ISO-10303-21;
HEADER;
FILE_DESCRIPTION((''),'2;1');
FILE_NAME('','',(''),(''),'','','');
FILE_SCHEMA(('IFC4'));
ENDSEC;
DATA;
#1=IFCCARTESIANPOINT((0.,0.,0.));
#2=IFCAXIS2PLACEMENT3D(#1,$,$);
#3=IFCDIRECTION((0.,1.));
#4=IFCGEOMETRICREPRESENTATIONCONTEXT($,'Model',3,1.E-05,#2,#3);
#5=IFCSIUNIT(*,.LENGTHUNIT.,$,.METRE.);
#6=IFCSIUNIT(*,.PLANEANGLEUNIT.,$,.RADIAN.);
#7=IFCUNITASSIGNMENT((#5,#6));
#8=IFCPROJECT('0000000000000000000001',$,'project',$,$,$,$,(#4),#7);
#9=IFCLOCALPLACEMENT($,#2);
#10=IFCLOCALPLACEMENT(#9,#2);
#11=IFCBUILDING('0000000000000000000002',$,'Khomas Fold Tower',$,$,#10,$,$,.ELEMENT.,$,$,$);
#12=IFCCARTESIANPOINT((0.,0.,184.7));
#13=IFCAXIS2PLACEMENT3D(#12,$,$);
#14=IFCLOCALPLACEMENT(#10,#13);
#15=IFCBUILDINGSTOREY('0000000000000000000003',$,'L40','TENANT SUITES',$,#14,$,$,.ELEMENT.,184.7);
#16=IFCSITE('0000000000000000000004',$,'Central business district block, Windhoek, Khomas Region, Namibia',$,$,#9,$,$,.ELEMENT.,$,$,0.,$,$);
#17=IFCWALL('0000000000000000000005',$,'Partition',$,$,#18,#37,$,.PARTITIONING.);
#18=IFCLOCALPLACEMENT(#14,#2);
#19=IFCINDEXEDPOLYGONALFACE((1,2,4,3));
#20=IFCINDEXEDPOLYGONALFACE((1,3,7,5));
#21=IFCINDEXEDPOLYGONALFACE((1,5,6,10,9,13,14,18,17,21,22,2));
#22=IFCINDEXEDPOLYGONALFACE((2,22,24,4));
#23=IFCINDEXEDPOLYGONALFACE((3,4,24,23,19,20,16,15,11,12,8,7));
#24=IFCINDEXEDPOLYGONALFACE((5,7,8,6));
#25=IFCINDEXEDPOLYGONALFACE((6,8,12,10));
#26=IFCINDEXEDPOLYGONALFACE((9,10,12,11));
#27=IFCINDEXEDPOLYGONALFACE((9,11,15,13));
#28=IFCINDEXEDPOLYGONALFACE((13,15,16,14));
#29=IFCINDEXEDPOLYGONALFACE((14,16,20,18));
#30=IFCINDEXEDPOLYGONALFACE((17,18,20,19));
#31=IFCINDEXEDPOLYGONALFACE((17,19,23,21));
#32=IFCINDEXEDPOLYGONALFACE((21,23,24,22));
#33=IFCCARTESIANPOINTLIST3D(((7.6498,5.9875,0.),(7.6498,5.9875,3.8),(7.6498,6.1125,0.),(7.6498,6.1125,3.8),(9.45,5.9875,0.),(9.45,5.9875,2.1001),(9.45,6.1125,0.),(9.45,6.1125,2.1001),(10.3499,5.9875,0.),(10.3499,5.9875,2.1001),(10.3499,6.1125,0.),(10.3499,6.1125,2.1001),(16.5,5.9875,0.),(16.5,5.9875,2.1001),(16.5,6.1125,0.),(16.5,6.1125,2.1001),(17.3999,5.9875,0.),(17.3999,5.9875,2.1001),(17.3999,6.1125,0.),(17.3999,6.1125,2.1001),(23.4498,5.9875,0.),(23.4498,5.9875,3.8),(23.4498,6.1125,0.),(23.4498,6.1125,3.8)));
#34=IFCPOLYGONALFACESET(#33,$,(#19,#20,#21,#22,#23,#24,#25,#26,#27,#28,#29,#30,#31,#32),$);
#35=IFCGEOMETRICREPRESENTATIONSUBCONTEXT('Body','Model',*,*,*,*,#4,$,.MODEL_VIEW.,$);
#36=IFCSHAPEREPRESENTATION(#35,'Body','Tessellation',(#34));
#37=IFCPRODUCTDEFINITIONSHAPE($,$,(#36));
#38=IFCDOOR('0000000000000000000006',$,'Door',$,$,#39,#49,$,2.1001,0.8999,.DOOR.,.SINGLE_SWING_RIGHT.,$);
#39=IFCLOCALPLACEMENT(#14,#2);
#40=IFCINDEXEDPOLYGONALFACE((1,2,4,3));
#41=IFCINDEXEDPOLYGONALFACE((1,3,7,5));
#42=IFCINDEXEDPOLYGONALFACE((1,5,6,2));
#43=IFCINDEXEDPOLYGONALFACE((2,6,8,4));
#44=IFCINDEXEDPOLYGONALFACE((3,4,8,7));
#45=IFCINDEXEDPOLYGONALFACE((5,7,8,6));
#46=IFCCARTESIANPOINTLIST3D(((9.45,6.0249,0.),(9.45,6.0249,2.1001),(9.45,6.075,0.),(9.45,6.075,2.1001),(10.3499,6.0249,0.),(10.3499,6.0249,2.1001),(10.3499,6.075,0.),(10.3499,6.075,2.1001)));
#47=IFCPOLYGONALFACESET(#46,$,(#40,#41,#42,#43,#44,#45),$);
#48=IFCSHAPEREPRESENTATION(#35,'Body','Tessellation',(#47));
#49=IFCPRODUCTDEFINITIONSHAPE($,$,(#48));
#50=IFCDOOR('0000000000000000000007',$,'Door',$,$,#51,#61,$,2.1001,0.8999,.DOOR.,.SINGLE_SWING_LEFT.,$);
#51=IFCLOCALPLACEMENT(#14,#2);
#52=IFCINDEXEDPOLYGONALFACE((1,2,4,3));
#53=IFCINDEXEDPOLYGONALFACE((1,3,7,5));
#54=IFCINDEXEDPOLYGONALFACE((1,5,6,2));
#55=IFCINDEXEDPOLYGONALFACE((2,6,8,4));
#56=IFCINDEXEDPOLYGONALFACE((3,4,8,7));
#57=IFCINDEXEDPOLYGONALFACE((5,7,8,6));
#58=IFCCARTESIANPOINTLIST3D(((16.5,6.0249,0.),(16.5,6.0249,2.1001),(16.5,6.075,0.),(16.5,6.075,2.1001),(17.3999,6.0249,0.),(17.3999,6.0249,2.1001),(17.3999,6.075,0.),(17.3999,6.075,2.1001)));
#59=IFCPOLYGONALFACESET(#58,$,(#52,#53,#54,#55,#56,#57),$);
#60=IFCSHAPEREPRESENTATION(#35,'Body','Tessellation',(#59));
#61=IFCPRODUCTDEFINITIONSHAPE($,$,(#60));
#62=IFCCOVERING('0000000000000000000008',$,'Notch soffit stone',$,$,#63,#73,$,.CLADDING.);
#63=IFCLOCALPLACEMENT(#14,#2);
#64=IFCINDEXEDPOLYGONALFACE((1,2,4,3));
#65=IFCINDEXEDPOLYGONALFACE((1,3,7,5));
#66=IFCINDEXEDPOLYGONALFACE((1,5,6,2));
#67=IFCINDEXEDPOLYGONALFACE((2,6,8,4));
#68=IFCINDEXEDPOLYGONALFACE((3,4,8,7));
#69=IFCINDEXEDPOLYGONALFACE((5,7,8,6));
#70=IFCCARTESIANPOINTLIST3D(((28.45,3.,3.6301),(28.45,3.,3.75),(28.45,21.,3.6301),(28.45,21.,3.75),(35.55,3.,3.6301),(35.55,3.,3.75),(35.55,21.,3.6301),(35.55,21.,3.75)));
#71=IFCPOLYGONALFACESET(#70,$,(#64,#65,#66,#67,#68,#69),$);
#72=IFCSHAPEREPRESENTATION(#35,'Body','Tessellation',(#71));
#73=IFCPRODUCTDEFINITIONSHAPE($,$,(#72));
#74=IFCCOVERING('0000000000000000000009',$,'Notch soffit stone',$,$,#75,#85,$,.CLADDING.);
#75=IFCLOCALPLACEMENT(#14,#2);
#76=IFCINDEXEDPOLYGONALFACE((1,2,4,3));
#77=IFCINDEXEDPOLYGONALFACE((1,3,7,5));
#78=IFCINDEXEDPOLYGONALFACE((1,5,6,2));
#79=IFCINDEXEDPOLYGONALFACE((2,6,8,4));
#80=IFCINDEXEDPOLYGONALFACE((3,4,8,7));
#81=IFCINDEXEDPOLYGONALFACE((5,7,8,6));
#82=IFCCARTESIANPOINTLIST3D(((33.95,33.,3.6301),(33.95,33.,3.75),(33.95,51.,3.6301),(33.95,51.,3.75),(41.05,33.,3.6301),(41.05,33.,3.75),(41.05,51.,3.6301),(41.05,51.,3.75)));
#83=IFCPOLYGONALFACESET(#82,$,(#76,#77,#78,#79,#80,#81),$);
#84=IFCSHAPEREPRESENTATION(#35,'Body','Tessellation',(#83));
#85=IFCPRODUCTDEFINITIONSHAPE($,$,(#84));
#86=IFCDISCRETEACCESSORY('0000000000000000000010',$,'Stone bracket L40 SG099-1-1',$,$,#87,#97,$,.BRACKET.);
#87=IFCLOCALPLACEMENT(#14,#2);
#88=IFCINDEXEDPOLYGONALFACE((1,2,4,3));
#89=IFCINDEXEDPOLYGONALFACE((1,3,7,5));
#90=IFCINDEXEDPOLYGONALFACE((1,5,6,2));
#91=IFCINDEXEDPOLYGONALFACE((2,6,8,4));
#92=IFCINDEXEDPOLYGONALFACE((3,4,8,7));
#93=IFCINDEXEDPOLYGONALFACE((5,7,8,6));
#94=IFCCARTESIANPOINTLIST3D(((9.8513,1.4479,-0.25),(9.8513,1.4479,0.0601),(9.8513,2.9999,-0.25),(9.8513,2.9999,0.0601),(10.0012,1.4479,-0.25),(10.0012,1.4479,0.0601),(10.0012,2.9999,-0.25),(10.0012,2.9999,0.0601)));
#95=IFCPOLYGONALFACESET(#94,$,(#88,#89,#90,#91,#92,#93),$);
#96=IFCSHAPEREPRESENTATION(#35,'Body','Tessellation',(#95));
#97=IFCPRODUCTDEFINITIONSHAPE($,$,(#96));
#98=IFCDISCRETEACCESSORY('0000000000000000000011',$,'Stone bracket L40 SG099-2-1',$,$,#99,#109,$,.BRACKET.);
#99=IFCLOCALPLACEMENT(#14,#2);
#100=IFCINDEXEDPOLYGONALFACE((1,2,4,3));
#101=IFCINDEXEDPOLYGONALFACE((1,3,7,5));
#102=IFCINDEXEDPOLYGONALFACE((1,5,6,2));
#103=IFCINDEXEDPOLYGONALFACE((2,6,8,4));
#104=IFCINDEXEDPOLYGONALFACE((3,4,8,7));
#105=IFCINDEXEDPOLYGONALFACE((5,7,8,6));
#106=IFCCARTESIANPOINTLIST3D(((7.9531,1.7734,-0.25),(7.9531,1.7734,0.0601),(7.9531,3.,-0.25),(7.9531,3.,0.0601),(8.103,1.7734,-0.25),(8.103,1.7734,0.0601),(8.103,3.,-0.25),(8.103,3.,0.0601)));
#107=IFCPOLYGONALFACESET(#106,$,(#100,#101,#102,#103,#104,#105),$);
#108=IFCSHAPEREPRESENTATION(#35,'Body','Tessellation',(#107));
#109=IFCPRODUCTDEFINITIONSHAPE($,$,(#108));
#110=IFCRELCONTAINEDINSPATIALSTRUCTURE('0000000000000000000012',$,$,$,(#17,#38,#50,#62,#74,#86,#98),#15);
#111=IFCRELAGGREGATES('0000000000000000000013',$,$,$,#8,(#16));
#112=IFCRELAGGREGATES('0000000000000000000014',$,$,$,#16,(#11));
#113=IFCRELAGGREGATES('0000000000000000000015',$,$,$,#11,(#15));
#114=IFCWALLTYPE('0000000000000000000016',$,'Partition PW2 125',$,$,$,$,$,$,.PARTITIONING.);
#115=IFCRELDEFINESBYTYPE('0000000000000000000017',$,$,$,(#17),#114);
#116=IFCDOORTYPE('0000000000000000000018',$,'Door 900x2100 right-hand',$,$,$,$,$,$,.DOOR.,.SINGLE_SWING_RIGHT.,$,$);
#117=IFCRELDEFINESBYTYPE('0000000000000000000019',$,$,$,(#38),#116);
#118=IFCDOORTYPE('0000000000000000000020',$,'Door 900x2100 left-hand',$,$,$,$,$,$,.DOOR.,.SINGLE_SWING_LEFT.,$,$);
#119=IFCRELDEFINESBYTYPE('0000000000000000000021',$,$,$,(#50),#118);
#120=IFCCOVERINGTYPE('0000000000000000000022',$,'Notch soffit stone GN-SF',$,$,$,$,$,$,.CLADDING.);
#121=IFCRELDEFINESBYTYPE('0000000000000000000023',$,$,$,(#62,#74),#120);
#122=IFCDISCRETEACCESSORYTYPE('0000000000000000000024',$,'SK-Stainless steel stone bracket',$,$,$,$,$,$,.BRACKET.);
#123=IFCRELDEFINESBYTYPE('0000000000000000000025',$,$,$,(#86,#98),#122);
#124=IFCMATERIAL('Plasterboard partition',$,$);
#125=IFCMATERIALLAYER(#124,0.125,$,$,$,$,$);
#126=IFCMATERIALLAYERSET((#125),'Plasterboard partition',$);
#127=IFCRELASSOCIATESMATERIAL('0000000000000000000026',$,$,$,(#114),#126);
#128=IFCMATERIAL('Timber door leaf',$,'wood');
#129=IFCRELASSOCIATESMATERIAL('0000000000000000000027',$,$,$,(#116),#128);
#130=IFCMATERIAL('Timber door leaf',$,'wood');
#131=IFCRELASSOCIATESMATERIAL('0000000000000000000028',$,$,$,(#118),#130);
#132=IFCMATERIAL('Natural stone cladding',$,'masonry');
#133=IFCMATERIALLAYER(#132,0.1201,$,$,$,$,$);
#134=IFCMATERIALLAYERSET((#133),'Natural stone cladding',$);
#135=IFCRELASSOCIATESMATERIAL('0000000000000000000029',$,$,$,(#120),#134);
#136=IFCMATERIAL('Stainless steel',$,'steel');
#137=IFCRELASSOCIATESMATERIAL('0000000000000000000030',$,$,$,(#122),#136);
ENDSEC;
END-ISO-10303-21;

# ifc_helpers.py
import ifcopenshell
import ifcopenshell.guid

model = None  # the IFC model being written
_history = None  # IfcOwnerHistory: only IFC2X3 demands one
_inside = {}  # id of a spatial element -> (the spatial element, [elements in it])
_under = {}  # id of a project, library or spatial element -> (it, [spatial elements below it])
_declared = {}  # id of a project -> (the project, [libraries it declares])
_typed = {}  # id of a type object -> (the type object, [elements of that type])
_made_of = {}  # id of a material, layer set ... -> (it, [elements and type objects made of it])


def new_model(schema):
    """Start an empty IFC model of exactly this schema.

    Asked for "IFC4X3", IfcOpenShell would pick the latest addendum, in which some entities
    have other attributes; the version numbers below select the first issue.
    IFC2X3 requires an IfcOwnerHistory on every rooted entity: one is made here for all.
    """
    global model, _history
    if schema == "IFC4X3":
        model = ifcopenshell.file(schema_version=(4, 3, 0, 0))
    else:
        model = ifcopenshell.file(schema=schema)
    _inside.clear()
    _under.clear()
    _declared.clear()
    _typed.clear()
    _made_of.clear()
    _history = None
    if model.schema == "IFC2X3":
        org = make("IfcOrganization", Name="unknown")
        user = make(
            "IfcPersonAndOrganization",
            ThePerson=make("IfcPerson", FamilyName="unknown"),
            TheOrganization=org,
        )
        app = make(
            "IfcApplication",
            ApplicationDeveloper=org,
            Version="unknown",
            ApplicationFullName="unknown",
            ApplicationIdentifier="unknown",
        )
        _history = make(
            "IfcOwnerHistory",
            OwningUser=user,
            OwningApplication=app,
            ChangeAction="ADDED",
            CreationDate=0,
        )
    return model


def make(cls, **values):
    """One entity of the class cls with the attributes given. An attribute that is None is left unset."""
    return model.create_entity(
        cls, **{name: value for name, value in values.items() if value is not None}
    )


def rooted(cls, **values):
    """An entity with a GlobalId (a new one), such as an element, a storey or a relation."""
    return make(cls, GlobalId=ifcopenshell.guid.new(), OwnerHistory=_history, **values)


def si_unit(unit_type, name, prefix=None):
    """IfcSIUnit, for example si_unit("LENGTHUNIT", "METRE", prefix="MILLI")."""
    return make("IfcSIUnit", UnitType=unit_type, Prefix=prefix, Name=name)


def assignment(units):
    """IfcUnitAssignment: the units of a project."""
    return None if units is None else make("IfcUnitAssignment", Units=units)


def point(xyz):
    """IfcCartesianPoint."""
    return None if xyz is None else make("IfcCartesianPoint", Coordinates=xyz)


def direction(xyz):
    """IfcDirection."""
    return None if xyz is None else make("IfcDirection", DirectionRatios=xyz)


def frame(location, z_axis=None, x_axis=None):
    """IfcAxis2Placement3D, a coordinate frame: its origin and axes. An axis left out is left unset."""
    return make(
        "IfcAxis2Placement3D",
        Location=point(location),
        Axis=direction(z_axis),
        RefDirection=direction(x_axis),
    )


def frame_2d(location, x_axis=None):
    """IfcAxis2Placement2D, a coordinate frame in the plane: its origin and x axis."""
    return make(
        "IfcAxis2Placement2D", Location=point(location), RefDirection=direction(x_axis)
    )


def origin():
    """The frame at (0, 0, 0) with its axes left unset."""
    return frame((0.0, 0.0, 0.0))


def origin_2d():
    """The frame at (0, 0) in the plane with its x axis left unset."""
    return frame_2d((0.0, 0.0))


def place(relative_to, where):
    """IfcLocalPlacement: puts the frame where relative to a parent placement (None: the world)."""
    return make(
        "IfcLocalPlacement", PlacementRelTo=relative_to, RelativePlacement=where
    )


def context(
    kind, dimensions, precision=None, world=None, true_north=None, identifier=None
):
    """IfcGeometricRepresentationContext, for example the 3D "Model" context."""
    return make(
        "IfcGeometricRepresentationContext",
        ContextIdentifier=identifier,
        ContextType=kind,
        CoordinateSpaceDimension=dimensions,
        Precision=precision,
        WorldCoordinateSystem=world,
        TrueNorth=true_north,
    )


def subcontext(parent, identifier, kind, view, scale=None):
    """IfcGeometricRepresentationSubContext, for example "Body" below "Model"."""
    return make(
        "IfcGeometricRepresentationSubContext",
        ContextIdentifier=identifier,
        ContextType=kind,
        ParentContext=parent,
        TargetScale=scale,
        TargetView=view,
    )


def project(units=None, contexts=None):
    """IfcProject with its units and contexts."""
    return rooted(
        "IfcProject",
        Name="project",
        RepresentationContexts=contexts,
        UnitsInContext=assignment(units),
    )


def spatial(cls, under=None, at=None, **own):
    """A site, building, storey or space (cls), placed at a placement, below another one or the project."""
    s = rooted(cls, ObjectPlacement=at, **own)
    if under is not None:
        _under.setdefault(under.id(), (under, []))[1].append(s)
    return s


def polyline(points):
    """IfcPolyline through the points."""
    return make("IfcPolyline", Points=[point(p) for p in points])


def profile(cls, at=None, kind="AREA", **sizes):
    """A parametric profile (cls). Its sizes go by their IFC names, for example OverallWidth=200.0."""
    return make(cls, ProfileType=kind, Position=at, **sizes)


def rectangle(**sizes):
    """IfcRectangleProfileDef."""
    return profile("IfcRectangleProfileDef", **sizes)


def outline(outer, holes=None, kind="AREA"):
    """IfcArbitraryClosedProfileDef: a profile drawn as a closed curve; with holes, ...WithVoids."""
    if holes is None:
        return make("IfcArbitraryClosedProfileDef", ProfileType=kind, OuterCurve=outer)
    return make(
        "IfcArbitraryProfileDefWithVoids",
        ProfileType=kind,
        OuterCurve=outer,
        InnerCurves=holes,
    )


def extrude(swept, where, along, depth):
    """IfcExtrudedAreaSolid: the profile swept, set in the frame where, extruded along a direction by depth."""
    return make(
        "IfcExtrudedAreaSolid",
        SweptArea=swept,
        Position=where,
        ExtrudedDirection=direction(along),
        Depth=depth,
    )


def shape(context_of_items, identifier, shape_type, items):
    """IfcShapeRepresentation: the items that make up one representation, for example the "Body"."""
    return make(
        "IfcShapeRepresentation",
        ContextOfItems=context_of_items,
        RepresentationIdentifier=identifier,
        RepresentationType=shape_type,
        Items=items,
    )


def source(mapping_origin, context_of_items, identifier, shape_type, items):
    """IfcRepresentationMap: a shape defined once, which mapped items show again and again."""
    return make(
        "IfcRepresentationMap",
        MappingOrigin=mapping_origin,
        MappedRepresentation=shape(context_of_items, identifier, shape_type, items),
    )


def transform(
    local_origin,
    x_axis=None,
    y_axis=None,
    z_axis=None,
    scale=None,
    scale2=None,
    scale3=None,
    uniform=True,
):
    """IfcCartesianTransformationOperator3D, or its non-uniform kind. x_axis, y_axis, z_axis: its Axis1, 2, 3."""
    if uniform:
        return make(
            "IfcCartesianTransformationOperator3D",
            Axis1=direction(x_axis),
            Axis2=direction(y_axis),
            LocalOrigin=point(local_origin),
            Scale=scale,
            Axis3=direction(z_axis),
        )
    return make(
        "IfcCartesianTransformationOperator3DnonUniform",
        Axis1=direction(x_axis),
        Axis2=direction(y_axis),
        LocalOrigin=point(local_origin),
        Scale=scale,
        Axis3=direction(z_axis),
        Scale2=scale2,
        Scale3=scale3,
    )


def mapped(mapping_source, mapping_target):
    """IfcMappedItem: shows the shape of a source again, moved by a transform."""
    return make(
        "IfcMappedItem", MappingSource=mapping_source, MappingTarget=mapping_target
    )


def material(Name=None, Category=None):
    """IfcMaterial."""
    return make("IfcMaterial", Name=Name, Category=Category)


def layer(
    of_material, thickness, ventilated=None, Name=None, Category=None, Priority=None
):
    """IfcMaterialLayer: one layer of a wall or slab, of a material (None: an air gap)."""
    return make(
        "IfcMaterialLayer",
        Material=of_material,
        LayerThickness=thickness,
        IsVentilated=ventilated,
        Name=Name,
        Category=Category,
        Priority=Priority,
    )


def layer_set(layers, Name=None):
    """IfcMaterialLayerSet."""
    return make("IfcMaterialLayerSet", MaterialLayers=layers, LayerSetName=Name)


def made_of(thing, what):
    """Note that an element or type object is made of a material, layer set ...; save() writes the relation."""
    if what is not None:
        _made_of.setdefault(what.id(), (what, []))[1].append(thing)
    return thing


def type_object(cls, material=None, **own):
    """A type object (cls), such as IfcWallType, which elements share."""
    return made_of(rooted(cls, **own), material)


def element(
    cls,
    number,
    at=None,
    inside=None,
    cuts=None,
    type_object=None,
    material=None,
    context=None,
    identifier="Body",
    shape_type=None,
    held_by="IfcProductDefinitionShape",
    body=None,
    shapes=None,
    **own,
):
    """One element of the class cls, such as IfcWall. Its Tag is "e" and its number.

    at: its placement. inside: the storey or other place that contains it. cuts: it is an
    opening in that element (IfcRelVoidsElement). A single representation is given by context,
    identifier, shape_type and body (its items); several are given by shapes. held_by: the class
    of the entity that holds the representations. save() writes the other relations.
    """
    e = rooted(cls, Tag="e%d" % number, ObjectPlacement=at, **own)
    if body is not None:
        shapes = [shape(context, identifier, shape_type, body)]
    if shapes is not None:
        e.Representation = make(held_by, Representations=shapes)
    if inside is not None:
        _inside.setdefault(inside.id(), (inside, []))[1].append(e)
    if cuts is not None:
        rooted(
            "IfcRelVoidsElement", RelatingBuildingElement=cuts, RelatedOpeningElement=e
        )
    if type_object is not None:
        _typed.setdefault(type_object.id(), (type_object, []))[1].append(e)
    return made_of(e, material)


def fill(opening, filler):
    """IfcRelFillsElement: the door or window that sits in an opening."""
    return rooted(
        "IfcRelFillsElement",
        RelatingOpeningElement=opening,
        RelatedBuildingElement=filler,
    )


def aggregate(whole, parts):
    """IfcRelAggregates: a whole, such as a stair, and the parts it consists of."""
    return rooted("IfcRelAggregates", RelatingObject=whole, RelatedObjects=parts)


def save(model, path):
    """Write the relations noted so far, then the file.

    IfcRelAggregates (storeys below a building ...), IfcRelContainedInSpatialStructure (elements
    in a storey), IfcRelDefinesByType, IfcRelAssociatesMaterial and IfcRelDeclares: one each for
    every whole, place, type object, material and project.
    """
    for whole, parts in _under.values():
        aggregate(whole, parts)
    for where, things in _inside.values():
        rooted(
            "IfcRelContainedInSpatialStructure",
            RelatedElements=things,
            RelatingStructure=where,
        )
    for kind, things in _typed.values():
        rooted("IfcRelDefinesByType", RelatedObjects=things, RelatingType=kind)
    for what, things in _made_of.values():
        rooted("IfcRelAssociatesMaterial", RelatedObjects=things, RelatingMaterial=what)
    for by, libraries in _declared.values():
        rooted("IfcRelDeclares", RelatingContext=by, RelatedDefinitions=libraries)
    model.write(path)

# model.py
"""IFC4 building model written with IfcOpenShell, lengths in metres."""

from ifc_helpers import new_model, si_unit, direction, frame, frame_2d, origin, origin_2d, place, context, subcontext, project, spatial, polyline, rectangle, outline, extrude, source, transform, mapped, material, layer, layer_set, type_object, element, fill, save


model = new_model("IFC4")

# Units and contexts
model_context = context("Model", 3, precision=1e-05, world=origin(), true_north=direction((0.0, 1.0)))
body_context = subcontext(model_context, "Body", "Model", "MODEL_VIEW")
ifc_project = project(units=[si_unit("LENGTHUNIT", "METRE"), si_unit("PLANEANGLEUNIT", "RADIAN")], contexts=[model_context])

# Site, building, storey
site_placement = place(None, origin())
site = spatial("IfcSite", under=ifc_project, at=site_placement, Name="Central business district block, Windhoek, Khomas Region, Namibia", CompositionType="ELEMENT", RefElevation=0.0)
building_placement = place(site_placement, origin())
building = spatial("IfcBuilding", under=site, at=building_placement, Name="Khomas Fold Tower", CompositionType="ELEMENT")
storey_placement = place(building_placement, frame((0.0, 0.0, 184.7)))
storey = spatial("IfcBuildingStorey", under=building, at=storey_placement, Name="L40", Description="TENANT SUITES", CompositionType="ELEMENT", Elevation=184.7)

# Wall, openings, doors
ifc_material_1 = material(Name="Plasterboard partition")
ifc_layer_1 = layer(ifc_material_1, 0.125)
ifc_layer_set_1 = layer_set([ifc_layer_1], Name="Plasterboard partition")
wall_type_1 = type_object("IfcWallType", Name="Partition PW2 125", PredefinedType="PARTITIONING", material=ifc_layer_set_1)
shared_shape_1 = source(origin(), body_context, "Body", "SweptSolid", [
    extrude(rectangle(XDim=15.8, YDim=0.125, at=frame_2d((7.8999, 0.0))), origin(), (0.0, 0.0, 1.0), 3.8),
])
wall_1_placement = place(storey_placement, frame((7.6499, 6.05, 0.0), z_axis=(0.0, 0.0, 1.0), x_axis=(1.0, 0.0, 0.0)))
wall_1 = element("IfcWall", 1, at=wall_1_placement, inside=storey, type_object=wall_type_1, Name="Partition", PredefinedType="PARTITIONING", context=body_context, shape_type="MappedRepresentation", body=[
    mapped(shared_shape_1, transform((0.0, 0.0, 0.0))),
])
shared_shape_2 = source(origin(), body_context, "Body", "SweptSolid", [
    extrude(rectangle(XDim=0.8999, YDim=2.1001, at=frame_2d((0.45, 1.05))), frame((0.0, 0.0725, 0.0), z_axis=(0.0, -1.0, 0.0), x_axis=(1.0, 0.0, 0.0)), (0.0, 0.0, 1.0), 0.145),
])
opening_1_placement = place(wall_1_placement, frame((1.8, 0.0, 0.0)))
opening_1 = element("IfcOpeningElement", 2, at=opening_1_placement, cuts=wall_1, PredefinedType="OPENING", context=body_context, shape_type="MappedRepresentation", body=[
    mapped(shared_shape_2, transform((0.0, 0.0, 0.0))),
])
opening_2_placement = place(wall_1_placement, frame((8.8501, 0.0, 0.0)))
opening_2 = element("IfcOpeningElement", 3, at=opening_2_placement, cuts=wall_1, PredefinedType="OPENING", context=body_context, shape_type="MappedRepresentation", body=[
    mapped(shared_shape_2, transform((0.0, 0.0, 0.0))),
])
ifc_material_2 = material(Name="Timber door leaf", Category="wood")
door_type_1 = type_object("IfcDoorType", Name="Door 900x2100 right-hand", OperationType="SINGLE_SWING_RIGHT", PredefinedType="DOOR", material=ifc_material_2)
shared_shape_3 = source(origin(), body_context, "Body", "SweptSolid", [
    extrude(rectangle(XDim=0.8999, YDim=2.1001, at=frame_2d((0.45, 1.05))), frame((0.0, 0.0249, 0.0), z_axis=(0.0, -1.0, 0.0), x_axis=(1.0, 0.0, 0.0)), (0.0, 0.0, 1.0), 0.05),
])
door_1_placement = place(opening_1_placement, origin())
door_1 = element("IfcDoor", 4, at=door_1_placement, inside=storey, type_object=door_type_1, Name="Door", OperationType="SINGLE_SWING_RIGHT", OverallHeight=2.1001, OverallWidth=0.8999, PredefinedType="DOOR", context=body_context, shape_type="MappedRepresentation", body=[
    mapped(shared_shape_3, transform((0.0, 0.0, 0.0))),
])
fill(opening_1, door_1)
ifc_material_3 = material(Name="Timber door leaf", Category="wood")
door_type_2 = type_object("IfcDoorType", Name="Door 900x2100 left-hand", OperationType="SINGLE_SWING_LEFT", PredefinedType="DOOR", material=ifc_material_3)
door_2_placement = place(opening_2_placement, origin())
door_2 = element("IfcDoor", 5, at=door_2_placement, inside=storey, type_object=door_type_2, Name="Door", OperationType="SINGLE_SWING_LEFT", OverallHeight=2.1001, OverallWidth=0.8999, PredefinedType="DOOR", context=body_context, shape_type="MappedRepresentation", body=[
    mapped(shared_shape_3, transform((0.0, 0.0, 0.0))),
])
fill(opening_2, door_2)

# Coverings
ifc_material_4 = material(Name="Natural stone cladding", Category="masonry")
ifc_layer_2 = layer(ifc_material_4, 0.1201)
ifc_layer_set_2 = layer_set([ifc_layer_2], Name="Natural stone cladding")
covering_type = type_object("IfcCoveringType", Name="Notch soffit stone GN-SF", PredefinedType="CLADDING", material=ifc_layer_set_2)
shared_shape_4 = source(origin(), body_context, "Body", "SweptSolid", [
    extrude(outline(polyline([(35.55, 3.0), (35.55, 21.0), (28.45, 21.0), (28.45, 3.0), (35.55, 3.0)])), origin(), (0.0, 0.0, 1.0), 0.1199),
])
covering_1_placement = place(storey_placement, frame((0.0, 0.0, 3.6301)))
element("IfcCovering", 6, at=covering_1_placement, inside=storey, type_object=covering_type, Name="Notch soffit stone", PredefinedType="CLADDING", context=body_context, shape_type="MappedRepresentation", body=[
    mapped(shared_shape_4, transform((0.0, 0.0, 0.0))),
])
shared_shape_5 = source(origin(), body_context, "Body", "SweptSolid", [
    extrude(outline(polyline([(41.05, 33.0), (41.05, 51.0), (33.95, 51.0), (33.95, 33.0), (41.05, 33.0)])), origin(), (0.0, 0.0, 1.0), 0.1199),
])
covering_2_placement = place(storey_placement, frame((0.0, 0.0, 3.6301)))
element("IfcCovering", 7, at=covering_2_placement, inside=storey, type_object=covering_type, Name="Notch soffit stone", PredefinedType="CLADDING", context=body_context, shape_type="MappedRepresentation", body=[
    mapped(shared_shape_5, transform((0.0, 0.0, 0.0))),
])

# Discrete accessories
ifc_material_5 = material(Name="Stainless steel", Category="steel")
discrete_accessory_type = type_object("IfcDiscreteAccessoryType", Name="SK-Stainless steel stone bracket", PredefinedType="BRACKET", material=ifc_material_5)
shared_shape_6 = source(origin(), body_context, "Body", "SweptSolid", [
    extrude(rectangle(XDim=1.552, YDim=0.1499, at=origin_2d()), origin(), (0.0, 0.0, 1.0), 0.3101),
])
discrete_accessory_1_placement = place(storey_placement, frame((9.9263, 2.2239, -0.25), z_axis=(0.0, 0.0, 1.0), x_axis=(0.0, -1.0, 0.0)))
element("IfcDiscreteAccessory", 8, at=discrete_accessory_1_placement, inside=storey, type_object=discrete_accessory_type, Name="Stone bracket L40 SG099-1-1", PredefinedType="BRACKET", context=body_context, shape_type="MappedRepresentation", body=[
    mapped(shared_shape_6, transform((0.0, 0.0, 0.0))),
])
shared_shape_7 = source(origin(), body_context, "Body", "SweptSolid", [
    extrude(rectangle(XDim=1.2266, YDim=0.1499, at=origin_2d()), origin(), (0.0, 0.0, 1.0), 0.3101),
])
discrete_accessory_2_placement = place(storey_placement, frame((8.0281, 2.3867, -0.25), z_axis=(0.0, 0.0, 1.0), x_axis=(0.0, -1.0, 0.0)))
element("IfcDiscreteAccessory", 9, at=discrete_accessory_2_placement, inside=storey, type_object=discrete_accessory_type, Name="Stone bracket L40 SG099-2-1", PredefinedType="BRACKET", context=body_context, shape_type="MappedRepresentation", body=[
    mapped(shared_shape_7, transform((0.0, 0.0, 0.0))),
])

save(model, "model.ifc")
